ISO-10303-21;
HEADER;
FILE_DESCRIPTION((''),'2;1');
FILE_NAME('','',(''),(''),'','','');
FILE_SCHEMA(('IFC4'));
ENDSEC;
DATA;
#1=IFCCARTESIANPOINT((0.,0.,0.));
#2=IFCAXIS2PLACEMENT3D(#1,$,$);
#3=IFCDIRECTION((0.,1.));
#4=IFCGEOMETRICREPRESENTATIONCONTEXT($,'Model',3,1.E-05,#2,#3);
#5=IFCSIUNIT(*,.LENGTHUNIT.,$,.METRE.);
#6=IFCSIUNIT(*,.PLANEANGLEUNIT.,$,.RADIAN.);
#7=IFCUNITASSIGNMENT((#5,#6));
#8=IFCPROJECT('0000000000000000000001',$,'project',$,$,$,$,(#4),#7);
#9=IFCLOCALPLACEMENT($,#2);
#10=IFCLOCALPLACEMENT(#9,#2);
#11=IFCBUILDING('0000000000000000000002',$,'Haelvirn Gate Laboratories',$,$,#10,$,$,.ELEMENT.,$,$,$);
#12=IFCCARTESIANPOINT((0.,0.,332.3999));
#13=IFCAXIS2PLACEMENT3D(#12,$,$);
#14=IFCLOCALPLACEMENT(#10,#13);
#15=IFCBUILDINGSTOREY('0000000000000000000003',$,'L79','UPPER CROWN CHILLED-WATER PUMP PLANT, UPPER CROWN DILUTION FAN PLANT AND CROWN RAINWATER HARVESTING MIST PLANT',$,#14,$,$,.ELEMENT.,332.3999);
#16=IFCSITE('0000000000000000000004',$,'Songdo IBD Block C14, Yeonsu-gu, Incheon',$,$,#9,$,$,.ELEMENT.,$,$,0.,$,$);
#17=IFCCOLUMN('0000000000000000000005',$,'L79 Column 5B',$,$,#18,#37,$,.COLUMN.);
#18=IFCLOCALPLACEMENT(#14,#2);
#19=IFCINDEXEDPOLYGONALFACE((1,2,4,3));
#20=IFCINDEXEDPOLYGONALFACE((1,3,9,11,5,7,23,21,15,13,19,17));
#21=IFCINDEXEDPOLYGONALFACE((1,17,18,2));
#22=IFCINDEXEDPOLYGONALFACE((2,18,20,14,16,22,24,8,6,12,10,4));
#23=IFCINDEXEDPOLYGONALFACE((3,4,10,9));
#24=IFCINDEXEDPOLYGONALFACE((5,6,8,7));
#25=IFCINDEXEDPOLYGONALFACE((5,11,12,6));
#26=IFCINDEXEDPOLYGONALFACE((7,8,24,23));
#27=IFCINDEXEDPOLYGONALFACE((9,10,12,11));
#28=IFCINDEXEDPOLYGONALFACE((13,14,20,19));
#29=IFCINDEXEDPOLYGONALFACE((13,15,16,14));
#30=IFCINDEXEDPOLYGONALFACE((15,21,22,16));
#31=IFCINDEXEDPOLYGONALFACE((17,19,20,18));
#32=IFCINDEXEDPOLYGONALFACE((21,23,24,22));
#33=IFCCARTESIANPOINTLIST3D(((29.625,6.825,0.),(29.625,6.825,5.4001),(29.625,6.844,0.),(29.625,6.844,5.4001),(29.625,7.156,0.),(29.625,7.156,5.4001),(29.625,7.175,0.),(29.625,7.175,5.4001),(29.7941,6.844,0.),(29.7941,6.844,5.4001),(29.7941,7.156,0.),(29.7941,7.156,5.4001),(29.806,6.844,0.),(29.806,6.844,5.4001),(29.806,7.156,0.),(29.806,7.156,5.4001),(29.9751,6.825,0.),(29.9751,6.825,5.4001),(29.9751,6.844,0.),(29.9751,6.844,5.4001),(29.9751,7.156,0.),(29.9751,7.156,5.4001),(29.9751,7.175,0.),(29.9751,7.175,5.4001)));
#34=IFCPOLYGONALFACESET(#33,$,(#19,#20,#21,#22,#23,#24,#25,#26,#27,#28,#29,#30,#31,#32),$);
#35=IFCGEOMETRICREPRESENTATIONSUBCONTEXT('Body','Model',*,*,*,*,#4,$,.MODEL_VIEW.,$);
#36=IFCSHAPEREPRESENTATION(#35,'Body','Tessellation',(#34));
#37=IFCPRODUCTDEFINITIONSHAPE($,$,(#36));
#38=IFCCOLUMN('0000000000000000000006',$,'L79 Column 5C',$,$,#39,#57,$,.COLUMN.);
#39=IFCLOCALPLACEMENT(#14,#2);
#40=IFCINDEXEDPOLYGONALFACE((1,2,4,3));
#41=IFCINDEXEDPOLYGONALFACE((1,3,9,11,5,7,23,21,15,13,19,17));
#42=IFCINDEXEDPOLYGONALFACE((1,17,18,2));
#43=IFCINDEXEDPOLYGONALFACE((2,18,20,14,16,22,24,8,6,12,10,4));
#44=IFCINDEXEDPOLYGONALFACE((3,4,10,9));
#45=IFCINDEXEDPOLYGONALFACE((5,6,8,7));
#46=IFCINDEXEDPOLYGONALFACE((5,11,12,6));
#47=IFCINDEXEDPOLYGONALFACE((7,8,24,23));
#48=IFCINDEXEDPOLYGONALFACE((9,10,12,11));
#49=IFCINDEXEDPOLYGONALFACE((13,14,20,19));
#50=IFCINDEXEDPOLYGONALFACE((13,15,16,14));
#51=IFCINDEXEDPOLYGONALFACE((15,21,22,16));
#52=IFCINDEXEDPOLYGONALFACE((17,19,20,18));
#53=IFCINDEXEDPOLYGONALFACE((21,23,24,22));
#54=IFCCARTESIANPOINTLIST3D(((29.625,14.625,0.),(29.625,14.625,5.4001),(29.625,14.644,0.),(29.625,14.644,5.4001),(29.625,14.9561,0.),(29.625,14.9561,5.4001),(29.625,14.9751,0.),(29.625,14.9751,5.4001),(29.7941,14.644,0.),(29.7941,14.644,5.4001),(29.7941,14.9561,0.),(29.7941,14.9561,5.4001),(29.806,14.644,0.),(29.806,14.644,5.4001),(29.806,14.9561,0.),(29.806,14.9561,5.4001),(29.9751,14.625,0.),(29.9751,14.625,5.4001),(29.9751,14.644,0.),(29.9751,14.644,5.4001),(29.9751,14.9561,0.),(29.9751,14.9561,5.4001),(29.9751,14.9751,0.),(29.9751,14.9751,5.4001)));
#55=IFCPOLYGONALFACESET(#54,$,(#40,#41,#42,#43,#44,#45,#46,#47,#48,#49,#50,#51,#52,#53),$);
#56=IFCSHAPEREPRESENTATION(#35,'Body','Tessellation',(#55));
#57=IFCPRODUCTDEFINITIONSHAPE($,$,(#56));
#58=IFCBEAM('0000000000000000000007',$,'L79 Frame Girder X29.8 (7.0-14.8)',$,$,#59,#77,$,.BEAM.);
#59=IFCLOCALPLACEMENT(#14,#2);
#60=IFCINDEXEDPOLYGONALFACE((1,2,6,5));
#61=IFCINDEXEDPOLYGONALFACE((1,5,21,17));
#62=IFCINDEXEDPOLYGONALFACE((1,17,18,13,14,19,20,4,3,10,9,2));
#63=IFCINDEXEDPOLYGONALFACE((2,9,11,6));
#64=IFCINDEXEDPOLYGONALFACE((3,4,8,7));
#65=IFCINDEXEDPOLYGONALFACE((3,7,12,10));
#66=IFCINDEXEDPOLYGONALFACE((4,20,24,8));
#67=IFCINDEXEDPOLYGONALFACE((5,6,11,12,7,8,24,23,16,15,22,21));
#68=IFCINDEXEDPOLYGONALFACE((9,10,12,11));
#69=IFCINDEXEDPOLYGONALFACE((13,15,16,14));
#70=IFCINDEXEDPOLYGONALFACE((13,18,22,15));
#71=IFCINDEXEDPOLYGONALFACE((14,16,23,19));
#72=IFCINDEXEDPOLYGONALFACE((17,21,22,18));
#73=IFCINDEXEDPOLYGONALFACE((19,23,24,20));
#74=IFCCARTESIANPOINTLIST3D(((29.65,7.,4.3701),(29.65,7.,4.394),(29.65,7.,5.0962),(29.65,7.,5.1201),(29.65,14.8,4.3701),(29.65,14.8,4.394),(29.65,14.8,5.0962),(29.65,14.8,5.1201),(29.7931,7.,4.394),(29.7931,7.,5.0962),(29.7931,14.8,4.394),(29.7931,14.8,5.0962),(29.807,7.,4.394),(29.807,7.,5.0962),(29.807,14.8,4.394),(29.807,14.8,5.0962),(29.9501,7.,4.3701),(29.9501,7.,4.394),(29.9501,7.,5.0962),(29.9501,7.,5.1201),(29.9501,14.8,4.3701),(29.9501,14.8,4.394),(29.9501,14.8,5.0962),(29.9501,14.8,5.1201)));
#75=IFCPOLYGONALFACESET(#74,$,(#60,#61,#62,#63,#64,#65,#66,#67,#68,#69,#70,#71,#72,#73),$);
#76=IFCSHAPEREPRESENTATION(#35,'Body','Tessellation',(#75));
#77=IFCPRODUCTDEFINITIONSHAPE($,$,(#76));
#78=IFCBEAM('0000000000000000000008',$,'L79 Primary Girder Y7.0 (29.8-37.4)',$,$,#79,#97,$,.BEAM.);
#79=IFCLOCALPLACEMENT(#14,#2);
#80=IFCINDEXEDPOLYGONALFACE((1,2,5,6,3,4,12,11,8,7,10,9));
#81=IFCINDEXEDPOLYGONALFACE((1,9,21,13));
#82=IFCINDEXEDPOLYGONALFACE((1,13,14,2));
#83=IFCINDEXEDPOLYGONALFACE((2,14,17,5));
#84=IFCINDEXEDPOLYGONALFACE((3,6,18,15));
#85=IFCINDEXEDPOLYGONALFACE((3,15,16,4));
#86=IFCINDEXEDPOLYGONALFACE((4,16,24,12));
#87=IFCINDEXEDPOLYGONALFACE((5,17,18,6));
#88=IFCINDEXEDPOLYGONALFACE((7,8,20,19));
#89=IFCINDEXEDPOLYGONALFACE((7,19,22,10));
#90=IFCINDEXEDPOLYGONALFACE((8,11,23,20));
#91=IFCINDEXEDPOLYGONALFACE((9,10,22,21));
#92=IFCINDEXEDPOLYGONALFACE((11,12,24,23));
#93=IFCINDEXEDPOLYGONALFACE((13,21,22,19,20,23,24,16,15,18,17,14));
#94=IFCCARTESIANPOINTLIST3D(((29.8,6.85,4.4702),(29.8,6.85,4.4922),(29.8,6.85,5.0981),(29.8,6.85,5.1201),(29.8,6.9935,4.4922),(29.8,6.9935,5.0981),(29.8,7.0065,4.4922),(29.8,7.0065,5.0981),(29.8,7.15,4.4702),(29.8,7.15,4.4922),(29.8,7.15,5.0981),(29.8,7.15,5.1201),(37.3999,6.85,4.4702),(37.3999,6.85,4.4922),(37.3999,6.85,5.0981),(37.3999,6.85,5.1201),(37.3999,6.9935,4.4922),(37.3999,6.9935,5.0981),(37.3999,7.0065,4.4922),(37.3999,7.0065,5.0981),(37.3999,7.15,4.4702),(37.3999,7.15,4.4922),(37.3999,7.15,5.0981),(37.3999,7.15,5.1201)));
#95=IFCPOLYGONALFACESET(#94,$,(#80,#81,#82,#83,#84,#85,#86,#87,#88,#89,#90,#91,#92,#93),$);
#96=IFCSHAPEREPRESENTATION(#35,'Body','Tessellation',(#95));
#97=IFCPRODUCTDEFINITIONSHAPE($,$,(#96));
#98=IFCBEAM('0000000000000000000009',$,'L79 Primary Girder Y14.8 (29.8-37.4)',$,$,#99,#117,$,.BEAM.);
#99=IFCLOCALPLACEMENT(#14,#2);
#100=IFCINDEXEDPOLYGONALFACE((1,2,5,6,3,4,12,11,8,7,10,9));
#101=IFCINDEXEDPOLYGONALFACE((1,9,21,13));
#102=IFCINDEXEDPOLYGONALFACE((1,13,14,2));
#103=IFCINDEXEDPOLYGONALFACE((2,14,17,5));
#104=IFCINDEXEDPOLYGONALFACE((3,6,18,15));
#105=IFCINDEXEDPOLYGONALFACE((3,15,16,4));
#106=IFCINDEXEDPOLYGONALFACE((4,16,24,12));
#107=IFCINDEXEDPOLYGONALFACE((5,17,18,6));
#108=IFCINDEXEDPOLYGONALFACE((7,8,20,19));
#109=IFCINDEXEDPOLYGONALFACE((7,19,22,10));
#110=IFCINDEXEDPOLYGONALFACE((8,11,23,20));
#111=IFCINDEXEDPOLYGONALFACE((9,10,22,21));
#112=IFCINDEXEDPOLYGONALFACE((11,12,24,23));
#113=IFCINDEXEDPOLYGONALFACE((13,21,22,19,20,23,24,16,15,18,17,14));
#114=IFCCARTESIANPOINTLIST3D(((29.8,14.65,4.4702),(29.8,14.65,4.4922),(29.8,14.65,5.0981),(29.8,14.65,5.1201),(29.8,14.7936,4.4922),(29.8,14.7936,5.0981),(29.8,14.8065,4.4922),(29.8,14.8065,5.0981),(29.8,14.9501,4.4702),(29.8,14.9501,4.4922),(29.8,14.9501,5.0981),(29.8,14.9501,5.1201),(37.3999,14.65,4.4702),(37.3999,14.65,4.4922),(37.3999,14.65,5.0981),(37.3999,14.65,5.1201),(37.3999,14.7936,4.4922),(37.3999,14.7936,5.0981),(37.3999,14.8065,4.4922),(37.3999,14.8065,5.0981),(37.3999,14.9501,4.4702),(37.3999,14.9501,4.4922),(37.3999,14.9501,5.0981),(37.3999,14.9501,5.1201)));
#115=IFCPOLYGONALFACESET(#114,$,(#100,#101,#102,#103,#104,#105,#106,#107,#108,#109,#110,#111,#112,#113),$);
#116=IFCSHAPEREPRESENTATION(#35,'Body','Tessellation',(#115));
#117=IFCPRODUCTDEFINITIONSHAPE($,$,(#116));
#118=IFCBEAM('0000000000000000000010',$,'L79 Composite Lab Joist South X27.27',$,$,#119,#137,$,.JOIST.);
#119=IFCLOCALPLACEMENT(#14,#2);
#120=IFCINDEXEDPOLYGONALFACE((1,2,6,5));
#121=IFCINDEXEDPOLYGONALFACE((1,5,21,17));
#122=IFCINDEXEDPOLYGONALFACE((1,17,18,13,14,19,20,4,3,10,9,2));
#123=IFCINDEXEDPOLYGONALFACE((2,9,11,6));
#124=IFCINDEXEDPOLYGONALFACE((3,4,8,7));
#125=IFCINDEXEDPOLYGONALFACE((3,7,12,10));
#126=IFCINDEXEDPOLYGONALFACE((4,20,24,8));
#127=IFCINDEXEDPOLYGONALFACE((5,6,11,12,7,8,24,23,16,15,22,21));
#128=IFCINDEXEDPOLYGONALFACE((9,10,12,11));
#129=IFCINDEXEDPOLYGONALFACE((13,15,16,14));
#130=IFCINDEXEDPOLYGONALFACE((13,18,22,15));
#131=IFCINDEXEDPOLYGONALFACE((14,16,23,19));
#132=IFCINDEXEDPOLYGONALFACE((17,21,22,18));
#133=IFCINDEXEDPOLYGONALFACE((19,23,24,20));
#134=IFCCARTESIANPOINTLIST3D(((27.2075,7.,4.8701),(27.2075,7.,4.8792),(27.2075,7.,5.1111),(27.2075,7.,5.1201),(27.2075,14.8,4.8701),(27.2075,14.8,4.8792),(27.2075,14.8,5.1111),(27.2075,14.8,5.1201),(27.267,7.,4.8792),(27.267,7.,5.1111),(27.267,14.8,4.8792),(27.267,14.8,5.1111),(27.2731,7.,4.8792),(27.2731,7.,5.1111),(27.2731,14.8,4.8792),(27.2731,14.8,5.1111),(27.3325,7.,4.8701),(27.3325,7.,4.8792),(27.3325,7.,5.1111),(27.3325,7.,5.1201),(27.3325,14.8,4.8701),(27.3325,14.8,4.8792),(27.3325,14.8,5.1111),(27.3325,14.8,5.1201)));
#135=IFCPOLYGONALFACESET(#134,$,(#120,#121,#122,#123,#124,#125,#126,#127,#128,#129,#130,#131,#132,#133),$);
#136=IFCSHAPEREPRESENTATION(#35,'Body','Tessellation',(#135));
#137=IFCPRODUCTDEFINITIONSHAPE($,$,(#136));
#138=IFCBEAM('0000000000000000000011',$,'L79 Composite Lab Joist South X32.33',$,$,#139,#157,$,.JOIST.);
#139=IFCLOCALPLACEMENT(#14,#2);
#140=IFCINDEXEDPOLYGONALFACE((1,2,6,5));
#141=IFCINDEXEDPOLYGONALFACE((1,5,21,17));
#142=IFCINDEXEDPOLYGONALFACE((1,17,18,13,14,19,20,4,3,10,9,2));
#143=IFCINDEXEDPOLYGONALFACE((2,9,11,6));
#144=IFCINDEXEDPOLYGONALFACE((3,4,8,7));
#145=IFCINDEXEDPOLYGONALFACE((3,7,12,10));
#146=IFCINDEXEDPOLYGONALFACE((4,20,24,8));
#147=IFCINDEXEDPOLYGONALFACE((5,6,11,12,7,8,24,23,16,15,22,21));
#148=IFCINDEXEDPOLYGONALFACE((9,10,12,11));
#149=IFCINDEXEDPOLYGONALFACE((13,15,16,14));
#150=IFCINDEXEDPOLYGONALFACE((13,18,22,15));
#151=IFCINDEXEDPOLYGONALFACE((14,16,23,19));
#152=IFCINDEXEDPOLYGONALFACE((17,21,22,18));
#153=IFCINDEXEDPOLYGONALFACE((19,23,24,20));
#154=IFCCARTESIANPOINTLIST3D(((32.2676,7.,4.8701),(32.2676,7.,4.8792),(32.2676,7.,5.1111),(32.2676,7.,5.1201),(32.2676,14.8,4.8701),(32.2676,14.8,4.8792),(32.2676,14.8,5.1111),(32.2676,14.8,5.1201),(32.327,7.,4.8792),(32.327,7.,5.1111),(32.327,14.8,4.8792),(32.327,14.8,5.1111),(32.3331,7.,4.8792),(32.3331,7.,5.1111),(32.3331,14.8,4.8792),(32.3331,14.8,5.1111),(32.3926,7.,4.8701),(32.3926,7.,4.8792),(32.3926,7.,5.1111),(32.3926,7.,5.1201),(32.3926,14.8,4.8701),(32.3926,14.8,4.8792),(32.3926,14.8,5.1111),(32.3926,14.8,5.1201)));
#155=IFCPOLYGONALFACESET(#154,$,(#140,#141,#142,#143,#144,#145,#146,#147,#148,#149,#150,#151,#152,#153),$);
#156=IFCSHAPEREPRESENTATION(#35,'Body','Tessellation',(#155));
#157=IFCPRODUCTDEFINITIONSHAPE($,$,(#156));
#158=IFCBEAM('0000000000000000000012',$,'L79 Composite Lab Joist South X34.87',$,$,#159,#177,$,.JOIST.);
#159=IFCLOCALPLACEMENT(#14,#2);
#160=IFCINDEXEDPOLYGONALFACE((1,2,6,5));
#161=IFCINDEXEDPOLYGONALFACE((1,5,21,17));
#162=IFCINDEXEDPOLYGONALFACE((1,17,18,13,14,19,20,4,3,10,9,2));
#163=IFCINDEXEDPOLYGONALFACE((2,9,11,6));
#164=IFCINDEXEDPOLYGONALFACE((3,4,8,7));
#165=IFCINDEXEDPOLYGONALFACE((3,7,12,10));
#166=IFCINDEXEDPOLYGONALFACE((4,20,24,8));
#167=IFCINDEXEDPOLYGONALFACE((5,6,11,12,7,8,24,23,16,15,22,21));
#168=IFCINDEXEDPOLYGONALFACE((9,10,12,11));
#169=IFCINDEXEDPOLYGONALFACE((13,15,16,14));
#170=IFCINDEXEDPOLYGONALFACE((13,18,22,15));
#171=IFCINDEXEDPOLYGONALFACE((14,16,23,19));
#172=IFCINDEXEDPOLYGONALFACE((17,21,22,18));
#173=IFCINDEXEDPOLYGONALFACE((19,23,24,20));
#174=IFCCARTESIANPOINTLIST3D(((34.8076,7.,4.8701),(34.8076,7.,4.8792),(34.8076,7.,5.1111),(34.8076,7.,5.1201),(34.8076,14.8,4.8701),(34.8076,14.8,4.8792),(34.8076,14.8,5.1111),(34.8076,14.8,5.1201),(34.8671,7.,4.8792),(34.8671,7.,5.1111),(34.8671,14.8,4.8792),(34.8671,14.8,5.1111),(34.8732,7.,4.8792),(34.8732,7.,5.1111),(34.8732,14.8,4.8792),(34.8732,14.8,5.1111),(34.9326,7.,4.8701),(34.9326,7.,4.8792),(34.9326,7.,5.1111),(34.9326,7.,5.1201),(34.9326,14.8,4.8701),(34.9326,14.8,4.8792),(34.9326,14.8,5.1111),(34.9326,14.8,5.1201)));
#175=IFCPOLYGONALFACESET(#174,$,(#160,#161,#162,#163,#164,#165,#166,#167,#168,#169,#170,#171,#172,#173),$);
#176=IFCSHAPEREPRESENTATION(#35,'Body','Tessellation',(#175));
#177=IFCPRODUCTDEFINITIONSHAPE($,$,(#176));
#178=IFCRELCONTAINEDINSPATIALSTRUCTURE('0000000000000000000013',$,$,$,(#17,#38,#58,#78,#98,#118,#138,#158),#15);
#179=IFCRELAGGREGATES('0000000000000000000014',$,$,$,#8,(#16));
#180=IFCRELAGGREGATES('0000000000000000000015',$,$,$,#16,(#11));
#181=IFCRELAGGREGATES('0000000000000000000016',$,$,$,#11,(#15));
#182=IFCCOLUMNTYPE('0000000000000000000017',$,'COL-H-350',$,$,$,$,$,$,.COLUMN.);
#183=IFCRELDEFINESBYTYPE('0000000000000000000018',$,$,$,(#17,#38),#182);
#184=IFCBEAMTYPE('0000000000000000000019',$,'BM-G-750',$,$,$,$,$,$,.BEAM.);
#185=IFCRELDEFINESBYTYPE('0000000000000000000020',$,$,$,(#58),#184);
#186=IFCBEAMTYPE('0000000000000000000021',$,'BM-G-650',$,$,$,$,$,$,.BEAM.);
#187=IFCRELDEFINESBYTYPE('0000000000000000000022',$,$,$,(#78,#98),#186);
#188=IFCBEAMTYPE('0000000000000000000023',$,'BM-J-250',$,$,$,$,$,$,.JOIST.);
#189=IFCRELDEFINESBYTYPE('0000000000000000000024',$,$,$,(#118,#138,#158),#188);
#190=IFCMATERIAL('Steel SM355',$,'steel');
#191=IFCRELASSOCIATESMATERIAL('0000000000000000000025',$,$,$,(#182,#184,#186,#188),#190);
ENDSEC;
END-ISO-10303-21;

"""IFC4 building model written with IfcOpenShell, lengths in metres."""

from ifc_helpers import new_model, si_unit, direction, frame, origin, origin_2d, place, context, subcontext, project, spatial, i_section, extrude, source, transform, mapped, material, material_profile, profile_set, type_object, type_shapes, element, save


model = new_model("IFC4")

# Units and contexts
model_context = context("Model", 3, precision=1e-05, world=origin(), true_north=direction((0.0, 1.0)))
body_context = subcontext(model_context, "Body", "Model", "MODEL_VIEW")
ifc_project = project(units=[si_unit("LENGTHUNIT", "METRE"), si_unit("PLANEANGLEUNIT", "RADIAN")], contexts=[model_context])

# Site, building, storey
site_placement = place(None, origin())
site = spatial("IfcSite", under=ifc_project, at=site_placement, Name="Songdo IBD Block C14, Yeonsu-gu, Incheon", CompositionType="ELEMENT", RefElevation=0.0)
building_placement = place(site_placement, origin())
building = spatial("IfcBuilding", under=site, at=building_placement, Name="Haelvirn Gate Laboratories", CompositionType="ELEMENT")
storey_placement = place(building_placement, frame((0.0, 0.0, 332.3999)))
storey = spatial("IfcBuildingStorey", under=building, at=storey_placement, Name="L79", Description="UPPER CROWN CHILLED-WATER PUMP PLANT, UPPER CROWN DILUTION FAN PLANT AND CROWN RAINWATER HARVESTING MIST PLANT", CompositionType="ELEMENT", Elevation=332.3999)

# Columns
ifc_material_1 = material(Name="Steel SM355", Category="steel")
ifc_material_profile_1 = material_profile(ifc_material_1, i_section(OverallWidth=0.3501, OverallDepth=0.3501, WebThickness=0.012, FlangeThickness=0.019, at=origin_2d()), Name="H-350x350x12x19")
ifc_profile_set_1 = profile_set([ifc_material_profile_1], Name="Steel SM355")
column_type = type_object("IfcColumnType", Name="COL-H-350", PredefinedType="COLUMN", material=ifc_profile_set_1)
shared_shape_1 = source(origin(), body_context, "Body", "SweptSolid", [
    extrude(i_section(OverallWidth=0.3501, OverallDepth=0.3501, WebThickness=0.012, FlangeThickness=0.019, at=origin_2d()), origin(), (0.0, 0.0, 1.0), 5.4001),
])
type_shapes(column_type, [shared_shape_1])
for number, where, z_axis, x_axis, name in (
    (1, (29.8, 7.0, 0.0), (0.0, 0.0, 1.0), (1.0, 0.0, 0.0), "L79 Column 5B"),
    (2, (29.8, 14.8, 0.0), (0.0, 0.0, 1.0), (1.0, 0.0, 0.0), "L79 Column 5C"),
):
    element("IfcColumn", number, at=place(storey_placement, frame(where, z_axis=z_axis, x_axis=x_axis)), inside=storey, type_object=column_type, Name=name, PredefinedType="COLUMN", context=body_context, shape_type="MappedRepresentation", body=[
        mapped(shared_shape_1, transform((0.0, 0.0, 0.0), scale=1.0)),
    ])

# Beams
ifc_material_profile_2 = material_profile(ifc_material_1, i_section(OverallWidth=0.3, OverallDepth=0.75, WebThickness=0.0139, FlangeThickness=0.0239, at=origin_2d()), Name="H-750x300x14x24")
ifc_profile_set_2 = profile_set([ifc_material_profile_2], Name="Steel SM355")
beam_type_1 = type_object("IfcBeamType", Name="BM-G-750", PredefinedType="BEAM", material=ifc_profile_set_2)
shared_shape_2 = source(origin(), body_context, "Body", "SweptSolid", [
    extrude(i_section(OverallWidth=0.3, OverallDepth=0.75, WebThickness=0.0139, FlangeThickness=0.0239, at=origin_2d()), origin(), (0.0, 0.0, 1.0), 7.8),
])
type_shapes(beam_type_1, [shared_shape_2])
beam_placement = place(storey_placement, frame((29.8, 7.0, 4.7451), z_axis=(0.0, 1.0, 0.0), x_axis=(-1.0, 0.0, 0.0)))
element("IfcBeam", 3, at=beam_placement, inside=storey, type_object=beam_type_1, Name="L79 Frame Girder X29.8 (7.0-14.8)", PredefinedType="BEAM", context=body_context, shape_type="MappedRepresentation", body=[
    mapped(shared_shape_2, transform((0.0, 0.0, 0.0), scale=1.0)),
])
ifc_material_profile_3 = material_profile(ifc_material_1, i_section(OverallWidth=0.3, OverallDepth=0.6499, WebThickness=0.0129, FlangeThickness=0.022, at=origin_2d()), Name="H-650x300x13x22")
ifc_profile_set_3 = profile_set([ifc_material_profile_3], Name="Steel SM355")
beam_type_2 = type_object("IfcBeamType", Name="BM-G-650", PredefinedType="BEAM", material=ifc_profile_set_3)
shared_shape_3 = source(origin(), body_context, "Body", "SweptSolid", [
    extrude(i_section(OverallWidth=0.3, OverallDepth=0.6499, WebThickness=0.0129, FlangeThickness=0.022, at=origin_2d()), origin(), (0.0, 0.0, 1.0), 7.5999),
])
type_shapes(beam_type_2, [shared_shape_3])
for number, where, z_axis, x_axis, name in (
    (4, (29.8, 7.0, 4.7952), (1.0, 0.0, 0.0), (0.0, 1.0, 0.0), "L79 Primary Girder Y7.0 (29.8-37.4)"),
    (5, (29.8, 14.8, 4.7952), (1.0, 0.0, 0.0), (0.0, 1.0, 0.0), "L79 Primary Girder Y14.8 (29.8-37.4)"),
):
    element("IfcBeam", number, at=place(storey_placement, frame(where, z_axis=z_axis, x_axis=x_axis)), inside=storey, type_object=beam_type_2, Name=name, PredefinedType="BEAM", context=body_context, shape_type="MappedRepresentation", body=[
        mapped(shared_shape_3, transform((0.0, 0.0, 0.0), scale=1.0)),
    ])
ifc_material_profile_4 = material_profile(ifc_material_1, i_section(OverallWidth=0.125, OverallDepth=0.25, WebThickness=0.0061, FlangeThickness=0.009, at=origin_2d()), Name="H-250x125x6x9")
ifc_profile_set_4 = profile_set([ifc_material_profile_4], Name="Steel SM355")
beam_type_3 = type_object("IfcBeamType", Name="BM-J-250", PredefinedType="JOIST", material=ifc_profile_set_4)
shared_shape_4 = source(origin(), body_context, "Body", "SweptSolid", [
    extrude(i_section(OverallWidth=0.125, OverallDepth=0.25, WebThickness=0.0061, FlangeThickness=0.009, at=origin_2d()), origin(), (0.0, 0.0, 1.0), 7.8),
])
type_shapes(beam_type_3, [shared_shape_4])
for number, where, z_axis, x_axis, name in (
    (6, (27.27, 7.0, 4.9951), (0.0, 1.0, 0.0), (-1.0, 0.0, 0.0), "L79 Composite Lab Joist South X27.27"),
    (7, (32.3301, 7.0, 4.9951), (0.0, 1.0, 0.0), (-1.0, 0.0, 0.0), "L79 Composite Lab Joist South X32.33"),
    (8, (34.8701, 7.0, 4.9951), (0.0, 1.0, 0.0), (-1.0, 0.0, 0.0), "L79 Composite Lab Joist South X34.87"),
):
    element("IfcBeam", number, at=place(storey_placement, frame(where, z_axis=z_axis, x_axis=x_axis)), inside=storey, type_object=beam_type_3, Name=name, PredefinedType="JOIST", context=body_context, shape_type="MappedRepresentation", body=[
        mapped(shared_shape_4, transform((0.0, 0.0, 0.0), scale=1.0)),
    ])

save(model, "model.ifc")
